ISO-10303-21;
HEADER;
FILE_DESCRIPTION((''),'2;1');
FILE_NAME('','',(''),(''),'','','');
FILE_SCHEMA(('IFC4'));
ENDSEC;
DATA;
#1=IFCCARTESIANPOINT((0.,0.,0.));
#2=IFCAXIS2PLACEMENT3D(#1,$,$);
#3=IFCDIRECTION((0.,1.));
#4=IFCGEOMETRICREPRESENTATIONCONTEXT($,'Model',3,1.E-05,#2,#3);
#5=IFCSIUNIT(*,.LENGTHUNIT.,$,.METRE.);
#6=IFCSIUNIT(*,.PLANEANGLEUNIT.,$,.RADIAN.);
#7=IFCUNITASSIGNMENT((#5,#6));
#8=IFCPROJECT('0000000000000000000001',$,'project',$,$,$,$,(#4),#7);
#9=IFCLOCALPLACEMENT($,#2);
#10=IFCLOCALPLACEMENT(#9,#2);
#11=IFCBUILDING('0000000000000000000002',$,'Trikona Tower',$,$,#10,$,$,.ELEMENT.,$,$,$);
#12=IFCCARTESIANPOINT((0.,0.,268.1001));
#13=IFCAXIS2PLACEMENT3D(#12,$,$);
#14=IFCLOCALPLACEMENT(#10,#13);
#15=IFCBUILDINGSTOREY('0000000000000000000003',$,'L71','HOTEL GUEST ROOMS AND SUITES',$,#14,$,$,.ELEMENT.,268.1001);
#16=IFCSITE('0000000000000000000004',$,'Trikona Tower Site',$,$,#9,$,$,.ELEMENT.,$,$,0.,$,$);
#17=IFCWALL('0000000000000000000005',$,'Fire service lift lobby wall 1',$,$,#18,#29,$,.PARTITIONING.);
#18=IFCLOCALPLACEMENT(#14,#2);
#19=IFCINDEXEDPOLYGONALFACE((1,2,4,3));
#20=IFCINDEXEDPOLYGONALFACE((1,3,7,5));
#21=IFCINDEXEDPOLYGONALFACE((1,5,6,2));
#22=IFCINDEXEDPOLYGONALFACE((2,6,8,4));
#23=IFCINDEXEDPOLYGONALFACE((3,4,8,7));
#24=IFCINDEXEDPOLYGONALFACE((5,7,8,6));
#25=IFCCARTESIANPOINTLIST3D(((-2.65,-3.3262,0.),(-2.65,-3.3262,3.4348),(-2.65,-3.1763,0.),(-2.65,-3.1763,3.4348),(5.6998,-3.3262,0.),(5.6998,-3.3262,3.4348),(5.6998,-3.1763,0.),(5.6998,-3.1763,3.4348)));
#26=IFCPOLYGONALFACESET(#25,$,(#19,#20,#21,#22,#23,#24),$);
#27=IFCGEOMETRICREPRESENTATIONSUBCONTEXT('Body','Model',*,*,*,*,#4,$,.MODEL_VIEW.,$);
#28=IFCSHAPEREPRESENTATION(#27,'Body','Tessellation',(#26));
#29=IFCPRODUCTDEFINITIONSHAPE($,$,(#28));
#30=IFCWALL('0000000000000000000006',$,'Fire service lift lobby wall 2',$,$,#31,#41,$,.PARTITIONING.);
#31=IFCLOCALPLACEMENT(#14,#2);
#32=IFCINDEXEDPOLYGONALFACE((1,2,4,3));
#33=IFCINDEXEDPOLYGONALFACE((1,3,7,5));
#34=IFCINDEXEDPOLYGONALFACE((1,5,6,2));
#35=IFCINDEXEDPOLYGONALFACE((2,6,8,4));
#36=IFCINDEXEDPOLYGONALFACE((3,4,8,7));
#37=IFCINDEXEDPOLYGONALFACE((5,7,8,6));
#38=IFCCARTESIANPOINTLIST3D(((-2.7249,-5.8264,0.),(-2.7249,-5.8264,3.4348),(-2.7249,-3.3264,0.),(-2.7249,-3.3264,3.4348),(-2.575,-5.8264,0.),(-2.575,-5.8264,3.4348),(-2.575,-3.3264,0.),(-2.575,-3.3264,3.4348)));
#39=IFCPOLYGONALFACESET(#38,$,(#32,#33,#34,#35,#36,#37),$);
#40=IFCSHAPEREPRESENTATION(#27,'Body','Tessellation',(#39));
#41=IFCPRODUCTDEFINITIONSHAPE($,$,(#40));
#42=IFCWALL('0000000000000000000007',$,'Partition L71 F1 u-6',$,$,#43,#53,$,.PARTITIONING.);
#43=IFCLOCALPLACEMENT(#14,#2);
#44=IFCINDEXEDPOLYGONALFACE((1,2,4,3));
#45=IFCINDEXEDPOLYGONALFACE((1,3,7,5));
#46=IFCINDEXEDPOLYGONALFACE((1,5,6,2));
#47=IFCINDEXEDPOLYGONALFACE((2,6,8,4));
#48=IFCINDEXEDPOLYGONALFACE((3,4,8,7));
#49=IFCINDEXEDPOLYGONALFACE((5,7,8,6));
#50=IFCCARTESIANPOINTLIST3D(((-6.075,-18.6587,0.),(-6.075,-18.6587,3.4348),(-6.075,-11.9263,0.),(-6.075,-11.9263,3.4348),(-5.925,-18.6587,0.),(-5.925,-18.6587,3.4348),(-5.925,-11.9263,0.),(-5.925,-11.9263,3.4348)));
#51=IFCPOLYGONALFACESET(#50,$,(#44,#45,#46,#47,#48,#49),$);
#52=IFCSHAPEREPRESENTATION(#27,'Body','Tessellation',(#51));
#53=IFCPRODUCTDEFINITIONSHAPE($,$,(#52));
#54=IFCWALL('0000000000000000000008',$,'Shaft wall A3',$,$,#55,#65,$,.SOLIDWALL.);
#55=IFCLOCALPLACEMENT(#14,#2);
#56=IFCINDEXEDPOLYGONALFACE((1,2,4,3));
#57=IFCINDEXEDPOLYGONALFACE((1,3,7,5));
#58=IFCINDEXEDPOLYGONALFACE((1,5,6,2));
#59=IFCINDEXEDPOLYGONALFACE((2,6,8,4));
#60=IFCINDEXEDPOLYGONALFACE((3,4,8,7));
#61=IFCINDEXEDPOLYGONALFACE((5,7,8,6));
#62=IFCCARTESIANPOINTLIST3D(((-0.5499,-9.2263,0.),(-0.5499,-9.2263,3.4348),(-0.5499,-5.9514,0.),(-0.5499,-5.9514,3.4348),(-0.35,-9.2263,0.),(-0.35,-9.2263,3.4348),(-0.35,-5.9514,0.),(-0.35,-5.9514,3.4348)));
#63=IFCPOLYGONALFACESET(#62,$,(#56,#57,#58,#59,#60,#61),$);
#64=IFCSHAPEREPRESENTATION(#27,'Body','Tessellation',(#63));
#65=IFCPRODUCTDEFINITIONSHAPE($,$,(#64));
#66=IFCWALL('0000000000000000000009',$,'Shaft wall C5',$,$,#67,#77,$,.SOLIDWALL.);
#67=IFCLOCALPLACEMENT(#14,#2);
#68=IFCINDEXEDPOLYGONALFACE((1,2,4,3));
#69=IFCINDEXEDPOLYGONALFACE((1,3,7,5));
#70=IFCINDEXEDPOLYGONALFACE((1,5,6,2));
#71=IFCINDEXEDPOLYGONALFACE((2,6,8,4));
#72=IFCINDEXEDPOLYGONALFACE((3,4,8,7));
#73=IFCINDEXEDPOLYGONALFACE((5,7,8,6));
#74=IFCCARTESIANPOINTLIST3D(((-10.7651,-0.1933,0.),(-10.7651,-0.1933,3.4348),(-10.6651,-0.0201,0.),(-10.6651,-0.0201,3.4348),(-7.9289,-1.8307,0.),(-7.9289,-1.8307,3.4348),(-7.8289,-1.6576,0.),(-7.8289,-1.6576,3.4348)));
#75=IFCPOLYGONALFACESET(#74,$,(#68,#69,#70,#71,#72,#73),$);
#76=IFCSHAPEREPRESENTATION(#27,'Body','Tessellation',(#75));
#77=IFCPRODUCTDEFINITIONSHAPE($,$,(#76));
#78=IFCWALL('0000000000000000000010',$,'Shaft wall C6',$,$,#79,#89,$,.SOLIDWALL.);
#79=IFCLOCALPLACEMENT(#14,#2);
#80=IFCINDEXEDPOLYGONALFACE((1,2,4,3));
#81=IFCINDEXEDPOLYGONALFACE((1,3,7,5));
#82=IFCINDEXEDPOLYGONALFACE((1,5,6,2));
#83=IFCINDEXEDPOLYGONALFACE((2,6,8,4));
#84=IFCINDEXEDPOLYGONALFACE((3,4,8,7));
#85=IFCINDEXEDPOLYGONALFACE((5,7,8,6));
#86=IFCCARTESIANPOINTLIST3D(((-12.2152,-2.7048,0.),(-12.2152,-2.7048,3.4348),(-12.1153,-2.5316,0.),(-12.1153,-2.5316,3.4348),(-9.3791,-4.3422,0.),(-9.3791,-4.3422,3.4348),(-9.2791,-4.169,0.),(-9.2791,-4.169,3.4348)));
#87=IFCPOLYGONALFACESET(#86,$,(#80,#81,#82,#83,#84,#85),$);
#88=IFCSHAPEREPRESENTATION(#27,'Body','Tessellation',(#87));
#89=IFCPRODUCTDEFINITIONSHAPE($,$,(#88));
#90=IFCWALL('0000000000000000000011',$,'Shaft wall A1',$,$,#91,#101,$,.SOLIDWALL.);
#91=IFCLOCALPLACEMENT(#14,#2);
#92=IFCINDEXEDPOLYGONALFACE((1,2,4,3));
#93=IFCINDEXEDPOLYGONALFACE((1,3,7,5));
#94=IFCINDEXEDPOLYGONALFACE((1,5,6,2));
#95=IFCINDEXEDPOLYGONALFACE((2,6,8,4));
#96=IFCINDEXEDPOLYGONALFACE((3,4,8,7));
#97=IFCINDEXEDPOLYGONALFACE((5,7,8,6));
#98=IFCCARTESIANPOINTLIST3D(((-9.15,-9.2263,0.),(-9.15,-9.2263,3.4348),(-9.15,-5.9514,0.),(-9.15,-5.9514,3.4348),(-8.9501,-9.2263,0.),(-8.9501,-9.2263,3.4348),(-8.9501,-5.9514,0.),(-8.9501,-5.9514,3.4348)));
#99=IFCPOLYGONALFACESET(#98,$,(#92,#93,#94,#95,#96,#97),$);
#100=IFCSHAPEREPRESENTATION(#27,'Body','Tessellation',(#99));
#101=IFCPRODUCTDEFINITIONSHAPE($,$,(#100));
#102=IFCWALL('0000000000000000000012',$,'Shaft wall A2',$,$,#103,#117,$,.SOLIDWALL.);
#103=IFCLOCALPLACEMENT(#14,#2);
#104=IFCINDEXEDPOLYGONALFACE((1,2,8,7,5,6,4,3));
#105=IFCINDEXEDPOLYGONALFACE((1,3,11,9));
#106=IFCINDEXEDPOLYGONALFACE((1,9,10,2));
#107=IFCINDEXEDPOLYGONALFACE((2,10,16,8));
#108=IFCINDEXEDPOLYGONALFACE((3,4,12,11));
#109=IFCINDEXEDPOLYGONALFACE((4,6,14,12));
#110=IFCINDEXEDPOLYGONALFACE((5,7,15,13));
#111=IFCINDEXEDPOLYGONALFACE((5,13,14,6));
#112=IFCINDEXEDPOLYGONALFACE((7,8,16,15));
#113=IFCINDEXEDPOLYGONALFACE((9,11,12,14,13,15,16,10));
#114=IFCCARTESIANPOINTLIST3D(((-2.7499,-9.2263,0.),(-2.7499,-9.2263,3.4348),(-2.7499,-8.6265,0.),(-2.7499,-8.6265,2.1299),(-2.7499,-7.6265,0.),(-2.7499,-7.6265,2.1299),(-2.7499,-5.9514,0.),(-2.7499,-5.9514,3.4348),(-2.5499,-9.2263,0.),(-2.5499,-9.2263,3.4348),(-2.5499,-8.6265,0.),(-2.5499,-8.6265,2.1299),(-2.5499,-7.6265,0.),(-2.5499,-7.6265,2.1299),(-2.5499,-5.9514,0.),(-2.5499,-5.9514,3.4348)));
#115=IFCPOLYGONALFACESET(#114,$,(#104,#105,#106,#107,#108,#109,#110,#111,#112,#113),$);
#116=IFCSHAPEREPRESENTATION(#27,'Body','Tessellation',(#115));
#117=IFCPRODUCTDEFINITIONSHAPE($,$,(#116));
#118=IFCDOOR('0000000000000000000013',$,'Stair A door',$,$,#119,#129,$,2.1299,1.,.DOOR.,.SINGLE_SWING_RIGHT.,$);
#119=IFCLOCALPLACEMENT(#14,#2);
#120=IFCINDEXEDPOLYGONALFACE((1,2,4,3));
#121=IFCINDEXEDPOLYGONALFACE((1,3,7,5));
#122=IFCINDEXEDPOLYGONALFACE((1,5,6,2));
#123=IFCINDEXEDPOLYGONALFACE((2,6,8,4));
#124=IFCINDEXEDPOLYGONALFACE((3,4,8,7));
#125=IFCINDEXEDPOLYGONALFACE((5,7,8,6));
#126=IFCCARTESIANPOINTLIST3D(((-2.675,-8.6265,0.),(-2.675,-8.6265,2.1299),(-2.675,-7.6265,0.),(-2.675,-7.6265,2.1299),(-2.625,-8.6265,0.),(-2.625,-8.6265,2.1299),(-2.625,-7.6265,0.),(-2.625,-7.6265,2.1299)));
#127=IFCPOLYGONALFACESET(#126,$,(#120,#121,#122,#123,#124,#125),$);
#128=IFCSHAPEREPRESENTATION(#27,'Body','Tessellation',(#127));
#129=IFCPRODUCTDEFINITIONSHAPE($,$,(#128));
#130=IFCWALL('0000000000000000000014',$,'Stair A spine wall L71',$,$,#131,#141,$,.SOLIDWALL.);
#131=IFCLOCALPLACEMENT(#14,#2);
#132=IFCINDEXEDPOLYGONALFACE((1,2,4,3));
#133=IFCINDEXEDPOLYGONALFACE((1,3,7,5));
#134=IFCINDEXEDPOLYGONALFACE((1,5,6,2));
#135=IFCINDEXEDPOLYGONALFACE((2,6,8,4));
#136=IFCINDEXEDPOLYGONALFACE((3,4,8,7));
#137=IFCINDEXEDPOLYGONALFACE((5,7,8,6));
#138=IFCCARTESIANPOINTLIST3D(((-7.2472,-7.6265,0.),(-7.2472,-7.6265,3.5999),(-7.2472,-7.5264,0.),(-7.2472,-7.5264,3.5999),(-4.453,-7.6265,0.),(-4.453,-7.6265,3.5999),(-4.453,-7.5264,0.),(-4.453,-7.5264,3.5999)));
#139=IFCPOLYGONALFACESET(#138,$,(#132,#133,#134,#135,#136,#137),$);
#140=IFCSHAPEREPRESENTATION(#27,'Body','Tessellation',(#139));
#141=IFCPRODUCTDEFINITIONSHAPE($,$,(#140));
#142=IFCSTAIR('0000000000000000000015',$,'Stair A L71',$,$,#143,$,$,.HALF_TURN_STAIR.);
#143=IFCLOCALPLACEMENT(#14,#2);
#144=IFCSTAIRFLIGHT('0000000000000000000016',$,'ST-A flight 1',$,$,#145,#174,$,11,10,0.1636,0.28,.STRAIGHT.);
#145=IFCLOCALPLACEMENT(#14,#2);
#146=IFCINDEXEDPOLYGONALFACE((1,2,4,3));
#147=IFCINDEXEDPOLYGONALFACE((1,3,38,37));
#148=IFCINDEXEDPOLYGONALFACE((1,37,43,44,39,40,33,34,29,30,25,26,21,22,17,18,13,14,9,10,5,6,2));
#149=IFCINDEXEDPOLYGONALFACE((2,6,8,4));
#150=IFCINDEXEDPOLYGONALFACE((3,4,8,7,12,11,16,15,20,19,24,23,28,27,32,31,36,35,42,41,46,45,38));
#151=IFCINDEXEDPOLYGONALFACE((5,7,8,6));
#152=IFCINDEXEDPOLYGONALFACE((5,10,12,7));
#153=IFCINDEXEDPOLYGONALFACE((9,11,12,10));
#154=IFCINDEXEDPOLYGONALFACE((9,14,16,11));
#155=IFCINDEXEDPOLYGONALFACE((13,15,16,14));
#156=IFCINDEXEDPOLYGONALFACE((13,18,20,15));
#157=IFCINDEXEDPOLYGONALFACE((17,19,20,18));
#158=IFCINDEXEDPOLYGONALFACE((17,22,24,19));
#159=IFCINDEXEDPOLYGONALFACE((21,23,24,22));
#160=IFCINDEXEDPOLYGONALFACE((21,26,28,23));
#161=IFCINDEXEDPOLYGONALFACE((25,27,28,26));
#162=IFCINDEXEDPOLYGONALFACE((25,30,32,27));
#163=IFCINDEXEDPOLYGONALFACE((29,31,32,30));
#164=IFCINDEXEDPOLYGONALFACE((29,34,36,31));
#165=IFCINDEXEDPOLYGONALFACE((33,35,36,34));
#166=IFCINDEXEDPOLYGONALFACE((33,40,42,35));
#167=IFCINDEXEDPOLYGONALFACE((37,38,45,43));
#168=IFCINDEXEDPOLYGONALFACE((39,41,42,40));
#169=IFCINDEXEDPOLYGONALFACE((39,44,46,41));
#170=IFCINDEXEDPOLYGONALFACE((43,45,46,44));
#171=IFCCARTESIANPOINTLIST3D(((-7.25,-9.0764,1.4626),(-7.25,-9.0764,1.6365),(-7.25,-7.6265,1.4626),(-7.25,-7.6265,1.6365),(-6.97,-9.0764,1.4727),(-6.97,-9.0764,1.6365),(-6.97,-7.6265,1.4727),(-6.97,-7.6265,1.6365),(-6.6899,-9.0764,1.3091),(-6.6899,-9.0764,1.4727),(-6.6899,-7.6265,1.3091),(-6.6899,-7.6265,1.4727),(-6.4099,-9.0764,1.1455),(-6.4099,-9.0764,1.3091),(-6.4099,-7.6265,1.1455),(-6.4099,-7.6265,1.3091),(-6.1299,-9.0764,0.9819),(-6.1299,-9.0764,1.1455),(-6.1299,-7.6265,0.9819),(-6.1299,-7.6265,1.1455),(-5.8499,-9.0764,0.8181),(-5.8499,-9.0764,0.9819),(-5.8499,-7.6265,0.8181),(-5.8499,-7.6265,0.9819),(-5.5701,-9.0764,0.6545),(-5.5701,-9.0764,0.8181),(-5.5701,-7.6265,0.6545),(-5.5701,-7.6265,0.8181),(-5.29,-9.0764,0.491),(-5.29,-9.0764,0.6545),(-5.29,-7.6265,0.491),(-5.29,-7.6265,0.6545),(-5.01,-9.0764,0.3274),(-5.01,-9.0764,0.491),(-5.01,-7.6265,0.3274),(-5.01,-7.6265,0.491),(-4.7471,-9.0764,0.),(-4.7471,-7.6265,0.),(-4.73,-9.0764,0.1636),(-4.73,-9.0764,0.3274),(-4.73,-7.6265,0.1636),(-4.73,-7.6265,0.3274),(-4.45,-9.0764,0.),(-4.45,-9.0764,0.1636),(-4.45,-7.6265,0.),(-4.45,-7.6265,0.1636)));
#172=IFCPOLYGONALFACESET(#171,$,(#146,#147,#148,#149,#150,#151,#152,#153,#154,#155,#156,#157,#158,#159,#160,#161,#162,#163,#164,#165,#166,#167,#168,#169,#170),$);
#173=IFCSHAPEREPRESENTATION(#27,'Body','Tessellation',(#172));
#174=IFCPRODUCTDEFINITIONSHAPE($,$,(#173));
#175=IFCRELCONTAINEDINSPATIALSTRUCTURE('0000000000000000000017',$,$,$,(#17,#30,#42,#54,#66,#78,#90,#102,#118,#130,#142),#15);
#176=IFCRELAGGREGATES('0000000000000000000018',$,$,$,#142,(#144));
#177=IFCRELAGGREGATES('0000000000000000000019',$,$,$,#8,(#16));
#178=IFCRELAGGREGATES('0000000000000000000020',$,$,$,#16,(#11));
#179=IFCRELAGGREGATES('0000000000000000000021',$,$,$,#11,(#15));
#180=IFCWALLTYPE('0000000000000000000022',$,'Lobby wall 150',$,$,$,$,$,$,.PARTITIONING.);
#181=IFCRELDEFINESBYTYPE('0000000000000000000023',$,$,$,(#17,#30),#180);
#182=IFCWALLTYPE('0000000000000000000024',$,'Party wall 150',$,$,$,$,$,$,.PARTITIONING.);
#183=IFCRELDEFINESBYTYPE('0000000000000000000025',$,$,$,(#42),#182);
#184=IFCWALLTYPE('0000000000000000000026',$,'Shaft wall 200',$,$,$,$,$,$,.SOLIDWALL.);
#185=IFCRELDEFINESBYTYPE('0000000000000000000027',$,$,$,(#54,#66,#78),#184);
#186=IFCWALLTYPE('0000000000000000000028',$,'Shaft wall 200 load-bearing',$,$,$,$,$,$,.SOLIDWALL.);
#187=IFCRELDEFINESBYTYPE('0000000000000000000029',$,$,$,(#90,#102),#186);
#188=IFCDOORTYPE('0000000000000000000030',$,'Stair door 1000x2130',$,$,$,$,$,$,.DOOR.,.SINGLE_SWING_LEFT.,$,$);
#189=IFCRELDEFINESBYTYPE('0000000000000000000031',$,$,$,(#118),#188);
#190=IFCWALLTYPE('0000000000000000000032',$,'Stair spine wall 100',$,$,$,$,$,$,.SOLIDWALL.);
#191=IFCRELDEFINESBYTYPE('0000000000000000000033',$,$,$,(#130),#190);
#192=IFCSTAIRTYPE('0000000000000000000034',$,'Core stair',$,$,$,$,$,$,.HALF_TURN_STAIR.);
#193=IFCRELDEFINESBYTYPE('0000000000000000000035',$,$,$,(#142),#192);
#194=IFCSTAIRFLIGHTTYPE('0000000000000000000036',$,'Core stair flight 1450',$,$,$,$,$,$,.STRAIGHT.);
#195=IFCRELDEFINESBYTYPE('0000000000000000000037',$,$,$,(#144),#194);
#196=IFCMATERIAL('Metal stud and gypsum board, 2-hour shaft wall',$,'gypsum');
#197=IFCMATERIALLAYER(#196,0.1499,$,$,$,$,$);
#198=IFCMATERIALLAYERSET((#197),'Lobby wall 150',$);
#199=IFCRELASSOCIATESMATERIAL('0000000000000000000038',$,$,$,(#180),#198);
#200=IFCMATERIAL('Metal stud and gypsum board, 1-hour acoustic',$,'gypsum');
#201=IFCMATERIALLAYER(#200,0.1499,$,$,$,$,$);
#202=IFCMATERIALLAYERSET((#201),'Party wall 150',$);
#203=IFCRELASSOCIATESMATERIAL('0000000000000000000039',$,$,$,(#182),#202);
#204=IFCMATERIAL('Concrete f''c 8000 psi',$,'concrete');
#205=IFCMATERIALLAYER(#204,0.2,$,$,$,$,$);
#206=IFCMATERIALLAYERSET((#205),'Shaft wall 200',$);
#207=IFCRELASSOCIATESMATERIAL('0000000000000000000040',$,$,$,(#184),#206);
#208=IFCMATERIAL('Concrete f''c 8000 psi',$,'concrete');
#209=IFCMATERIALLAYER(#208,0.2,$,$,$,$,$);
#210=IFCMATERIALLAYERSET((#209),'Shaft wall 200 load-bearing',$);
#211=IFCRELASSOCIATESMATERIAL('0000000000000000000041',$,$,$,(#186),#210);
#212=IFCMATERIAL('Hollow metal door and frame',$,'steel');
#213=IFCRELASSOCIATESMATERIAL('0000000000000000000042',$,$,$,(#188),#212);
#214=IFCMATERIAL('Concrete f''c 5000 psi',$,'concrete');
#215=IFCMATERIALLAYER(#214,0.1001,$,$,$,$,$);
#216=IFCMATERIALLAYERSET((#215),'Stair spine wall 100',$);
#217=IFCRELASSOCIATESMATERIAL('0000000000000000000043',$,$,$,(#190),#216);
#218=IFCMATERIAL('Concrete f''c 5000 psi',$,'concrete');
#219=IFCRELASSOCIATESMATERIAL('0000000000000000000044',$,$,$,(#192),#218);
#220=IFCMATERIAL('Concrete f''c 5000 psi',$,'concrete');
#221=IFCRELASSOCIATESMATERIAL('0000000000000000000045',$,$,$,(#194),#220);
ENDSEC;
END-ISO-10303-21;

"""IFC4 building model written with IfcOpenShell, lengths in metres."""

from ifc_helpers import new_model, si_unit, direction, frame, frame_2d, origin, place, context, subcontext, project, spatial, polyline, rectangle, outline, extrude, material, layer, layer_set, type_object, element, fill, aggregate, save


model = new_model("IFC4")

# Units and contexts
model_context = context("Model", 3, precision=1e-05, world=origin(), true_north=direction((0.0, 1.0)))
body_context = subcontext(model_context, "Body", "Model", "MODEL_VIEW")
ifc_project = project(units=[si_unit("LENGTHUNIT", "METRE"), si_unit("PLANEANGLEUNIT", "RADIAN")], contexts=[model_context])

# Site, building, storey
site_placement = place(None, origin())
site = spatial("IfcSite", under=ifc_project, at=site_placement, Name="Trikona Tower Site", CompositionType="ELEMENT", RefElevation=0.0)
building_placement = place(site_placement, origin())
building = spatial("IfcBuilding", under=site, at=building_placement, Name="Trikona Tower", CompositionType="ELEMENT")
storey_placement = place(building_placement, frame((0.0, 0.0, 268.1001)))
storey = spatial("IfcBuildingStorey", under=building, at=storey_placement, Name="L71", Description="HOTEL GUEST ROOMS AND SUITES", CompositionType="ELEMENT", Elevation=268.1001)

# Walls
ifc_material_1 = material(Name="Metal stud and gypsum board, 2-hour shaft wall", Category="gypsum")
ifc_layer_1 = layer(ifc_material_1, 0.1499)
ifc_layer_set_1 = layer_set([ifc_layer_1], Name="Lobby wall 150")
wall_type_1 = type_object("IfcWallType", Name="Lobby wall 150", PredefinedType="PARTITIONING", material=ifc_layer_set_1)
wall_1_placement = place(storey_placement, frame((-2.6499, -3.2512, 0.0), z_axis=(0.0, 0.0, 1.0), x_axis=(1.0, 0.0, 0.0)))
element("IfcWall", 1, at=wall_1_placement, inside=storey, type_object=wall_type_1, Name="Fire service lift lobby wall 1", PredefinedType="PARTITIONING", context=body_context, shape_type="SweptSolid", body=[
    extrude(rectangle(XDim=8.3499, YDim=0.1499, at=frame_2d((4.1748, 0.0))), origin(), (0.0, 0.0, 1.0), 3.4348),
])
wall_2_placement = place(storey_placement, frame((-2.6499, -5.8264, 0.0), z_axis=(0.0, 0.0, 1.0), x_axis=(0.0, 1.0, 0.0)))
element("IfcWall", 2, at=wall_2_placement, inside=storey, type_object=wall_type_1, Name="Fire service lift lobby wall 2", PredefinedType="PARTITIONING", context=body_context, shape_type="SweptSolid", body=[
    extrude(rectangle(XDim=2.5, YDim=0.1499, at=frame_2d((1.25, 0.0))), origin(), (0.0, 0.0, 1.0), 3.4348),
])
ifc_material_2 = material(Name="Metal stud and gypsum board, 1-hour acoustic", Category="gypsum")
ifc_layer_2 = layer(ifc_material_2, 0.1499)
ifc_layer_set_2 = layer_set([ifc_layer_2], Name="Party wall 150")
wall_type_2 = type_object("IfcWallType", Name="Party wall 150", PredefinedType="PARTITIONING", material=ifc_layer_set_2)
wall_3_placement = place(storey_placement, frame((-6.0, -11.9263, 0.0), z_axis=(0.0, 0.0, 1.0), x_axis=(0.0, -1.0, 0.0)))
element("IfcWall", 3, at=wall_3_placement, inside=storey, type_object=wall_type_2, Name="Partition L71 F1 u-6", PredefinedType="PARTITIONING", context=body_context, shape_type="SweptSolid", body=[
    extrude(rectangle(XDim=6.7324, YDim=0.1499, at=frame_2d((3.3662, 0.0))), origin(), (0.0, 0.0, 1.0), 3.4348),
])
ifc_material_3 = material(Name="Concrete f'c 8000 psi", Category="concrete")
ifc_layer_3 = layer(ifc_material_3, 0.2)
ifc_layer_set_3 = layer_set([ifc_layer_3], Name="Shaft wall 200")
wall_type_3 = type_object("IfcWallType", Name="Shaft wall 200", PredefinedType="SOLIDWALL", material=ifc_layer_set_3)
for number, where, z_axis, x_axis, name in (
    (4, (-0.45, -5.9514, 0.0), (0.0, 0.0, 1.0), (0.0, -1.0, 0.0), "Shaft wall A3"),
    (5, (-7.8789, -1.7441, 0.0), (0.0, 0.0, 1.0), (-0.866028, 0.499996, 0.0), "Shaft wall C5"),
    (6, (-9.3291, -4.2556, 0.0), (0.0, 0.0, 1.0), (-0.866028, 0.499996, 0.0), "Shaft wall C6"),
):
    element("IfcWall", number, at=place(storey_placement, frame(where, z_axis=z_axis, x_axis=x_axis)), inside=storey, type_object=wall_type_3, Name=name, PredefinedType="SOLIDWALL", context=body_context, shape_type="SweptSolid", body=[
        extrude(rectangle(XDim=3.2749, YDim=0.2, at=frame_2d((1.6375, 0.0))), origin(), (0.0, 0.0, 1.0), 3.4348),
    ])
ifc_material_4 = material(Name="Concrete f'c 8000 psi", Category="concrete")
ifc_layer_4 = layer(ifc_material_4, 0.2)
ifc_layer_set_4 = layer_set([ifc_layer_4], Name="Shaft wall 200 load-bearing")
wall_type_4 = type_object("IfcWallType", Name="Shaft wall 200 load-bearing", PredefinedType="SOLIDWALL", material=ifc_layer_set_4)
wall_4_placement = place(storey_placement, frame((-9.05, -5.9514, 0.0), z_axis=(0.0, 0.0, 1.0), x_axis=(0.0, -1.0, 0.0)))
element("IfcWall", 7, at=wall_4_placement, inside=storey, type_object=wall_type_4, Name="Shaft wall A1", PredefinedType="SOLIDWALL", context=body_context, shape_type="SweptSolid", body=[
    extrude(rectangle(XDim=3.2749, YDim=0.2, at=frame_2d((1.6375, 0.0))), origin(), (0.0, 0.0, 1.0), 3.4348),
])

# Wall, opening, door
wall_5_placement = place(storey_placement, frame((-2.6499, -5.9514, 0.0), z_axis=(0.0, 0.0, 1.0), x_axis=(0.0, -1.0, 0.0)))
wall_5 = element("IfcWall", 8, at=wall_5_placement, inside=storey, type_object=wall_type_4, Name="Shaft wall A2", PredefinedType="SOLIDWALL", context=body_context, shape_type="SweptSolid", body=[
    extrude(rectangle(XDim=3.2749, YDim=0.2, at=frame_2d((1.6375, 0.0))), origin(), (0.0, 0.0, 1.0), 3.4348),
])
opening_1_placement = place(wall_5_placement, frame((1.675, 0.0, 0.0)))
opening_1 = element("IfcOpeningElement", 9, at=opening_1_placement, cuts=wall_5, PredefinedType="OPENING", context=body_context, shape_type="SweptSolid", body=[
    extrude(rectangle(XDim=1.0, YDim=2.1299, at=frame_2d((0.5, 1.0649))), frame((0.0, 0.1099, 0.0), z_axis=(0.0, -1.0, 0.0), x_axis=(1.0, 0.0, 0.0)), (0.0, 0.0, 1.0), 0.22),
])
ifc_material_5 = material(Name="Hollow metal door and frame", Category="steel")
door_type_1 = type_object("IfcDoorType", Name="Stair door 1000x2130", OperationType="SINGLE_SWING_LEFT", PredefinedType="DOOR", material=ifc_material_5)
door_1_placement = place(opening_1_placement, origin())
door_1 = element("IfcDoor", 10, at=door_1_placement, inside=storey, type_object=door_type_1, Name="Stair A door", OperationType="SINGLE_SWING_RIGHT", OverallHeight=2.1299, OverallWidth=1.0, PredefinedType="DOOR", context=body_context, shape_type="SweptSolid", body=[
    extrude(rectangle(XDim=1.0, YDim=2.1299, at=frame_2d((0.5, 1.0649))), frame((0.0, 0.0249, 0.0), z_axis=(0.0, -1.0, 0.0), x_axis=(1.0, 0.0, 0.0)), (0.0, 0.0, 1.0), 0.05),
])
fill(opening_1, door_1)

# Wall
ifc_material_6 = material(Name="Concrete f'c 5000 psi", Category="concrete")
ifc_layer_5 = layer(ifc_material_6, 0.1001)
ifc_layer_set_5 = layer_set([ifc_layer_5], Name="Stair spine wall 100")
wall_type_5 = type_object("IfcWallType", Name="Stair spine wall 100", PredefinedType="SOLIDWALL", material=ifc_layer_set_5)
wall_6_placement = place(storey_placement, frame((-7.2471, -7.5764, 0.0), z_axis=(0.0, 0.0, 1.0), x_axis=(1.0, 0.0, 0.0)))
element("IfcWall", 11, at=wall_6_placement, inside=storey, type_object=wall_type_5, Name="Stair A spine wall L71", PredefinedType="SOLIDWALL", context=body_context, shape_type="SweptSolid", body=[
    extrude(rectangle(XDim=2.7942, YDim=0.1001, at=frame_2d((1.397, 0.0))), origin(), (0.0, 0.0, 1.0), 3.5999),
])

# Stair, stair flight
ifc_material_7 = material(Name="Concrete f'c 5000 psi", Category="concrete")
stair_type = type_object("IfcStairType", Name="Core stair", PredefinedType="HALF_TURN_STAIR", material=ifc_material_7)
stair_placement = place(storey_placement, origin())
stair = element("IfcStair", 12, at=stair_placement, inside=storey, type_object=stair_type, Name="Stair A L71", PredefinedType="HALF_TURN_STAIR")
ifc_material_8 = material(Name="Concrete f'c 5000 psi", Category="concrete")
stair_flight_type = type_object("IfcStairFlightType", Name="Core stair flight 1450", PredefinedType="STRAIGHT", material=ifc_material_8)
stair_flight_1_placement = place(storey_placement, frame((-4.45, -8.3513, 0.0), z_axis=(0.0, 0.0, 1.0), x_axis=(-1.0, 0.0, 0.0)))
stair_flight_1 = element("IfcStairFlight", 13, at=stair_flight_1_placement, type_object=stair_flight_type, Name="ST-A flight 1", NumberOfRisers=11, NumberOfTreads=10, PredefinedType="STRAIGHT", RiserHeight=0.1636, TreadLength=0.28, context=body_context, shape_type="SweptSolid", body=[
    extrude(outline(polyline([(0.0, 0.0), (0.0, 0.1636), (0.28, 0.1636), (0.28, 0.3274), (0.5601, 0.3274), (0.5601, 0.491), (0.8401, 0.491), (0.8401, 0.6545), (1.1201, 0.6545), (1.1201, 0.8181), (1.3999, 0.8181), (1.3999, 0.9819), (1.6799, 0.9819), (1.6799, 1.1455), (1.96, 1.1455), (1.96, 1.3091), (2.24, 1.3091), (2.24, 1.4727), (2.52, 1.4727), (2.52, 1.6365), (2.8, 1.6365), (2.8, 1.8), (2.8, 1.4626), (0.2971, 0.0), (0.0, 0.0)])), frame((0.0, 0.7251, 0.0), z_axis=(0.0, -1.0, 0.0), x_axis=(1.0, 0.0, 0.0)), (0.0, 0.0, 1.0), 1.45),
])
aggregate(stair, [stair_flight_1])

save(model, "model.ifc")
